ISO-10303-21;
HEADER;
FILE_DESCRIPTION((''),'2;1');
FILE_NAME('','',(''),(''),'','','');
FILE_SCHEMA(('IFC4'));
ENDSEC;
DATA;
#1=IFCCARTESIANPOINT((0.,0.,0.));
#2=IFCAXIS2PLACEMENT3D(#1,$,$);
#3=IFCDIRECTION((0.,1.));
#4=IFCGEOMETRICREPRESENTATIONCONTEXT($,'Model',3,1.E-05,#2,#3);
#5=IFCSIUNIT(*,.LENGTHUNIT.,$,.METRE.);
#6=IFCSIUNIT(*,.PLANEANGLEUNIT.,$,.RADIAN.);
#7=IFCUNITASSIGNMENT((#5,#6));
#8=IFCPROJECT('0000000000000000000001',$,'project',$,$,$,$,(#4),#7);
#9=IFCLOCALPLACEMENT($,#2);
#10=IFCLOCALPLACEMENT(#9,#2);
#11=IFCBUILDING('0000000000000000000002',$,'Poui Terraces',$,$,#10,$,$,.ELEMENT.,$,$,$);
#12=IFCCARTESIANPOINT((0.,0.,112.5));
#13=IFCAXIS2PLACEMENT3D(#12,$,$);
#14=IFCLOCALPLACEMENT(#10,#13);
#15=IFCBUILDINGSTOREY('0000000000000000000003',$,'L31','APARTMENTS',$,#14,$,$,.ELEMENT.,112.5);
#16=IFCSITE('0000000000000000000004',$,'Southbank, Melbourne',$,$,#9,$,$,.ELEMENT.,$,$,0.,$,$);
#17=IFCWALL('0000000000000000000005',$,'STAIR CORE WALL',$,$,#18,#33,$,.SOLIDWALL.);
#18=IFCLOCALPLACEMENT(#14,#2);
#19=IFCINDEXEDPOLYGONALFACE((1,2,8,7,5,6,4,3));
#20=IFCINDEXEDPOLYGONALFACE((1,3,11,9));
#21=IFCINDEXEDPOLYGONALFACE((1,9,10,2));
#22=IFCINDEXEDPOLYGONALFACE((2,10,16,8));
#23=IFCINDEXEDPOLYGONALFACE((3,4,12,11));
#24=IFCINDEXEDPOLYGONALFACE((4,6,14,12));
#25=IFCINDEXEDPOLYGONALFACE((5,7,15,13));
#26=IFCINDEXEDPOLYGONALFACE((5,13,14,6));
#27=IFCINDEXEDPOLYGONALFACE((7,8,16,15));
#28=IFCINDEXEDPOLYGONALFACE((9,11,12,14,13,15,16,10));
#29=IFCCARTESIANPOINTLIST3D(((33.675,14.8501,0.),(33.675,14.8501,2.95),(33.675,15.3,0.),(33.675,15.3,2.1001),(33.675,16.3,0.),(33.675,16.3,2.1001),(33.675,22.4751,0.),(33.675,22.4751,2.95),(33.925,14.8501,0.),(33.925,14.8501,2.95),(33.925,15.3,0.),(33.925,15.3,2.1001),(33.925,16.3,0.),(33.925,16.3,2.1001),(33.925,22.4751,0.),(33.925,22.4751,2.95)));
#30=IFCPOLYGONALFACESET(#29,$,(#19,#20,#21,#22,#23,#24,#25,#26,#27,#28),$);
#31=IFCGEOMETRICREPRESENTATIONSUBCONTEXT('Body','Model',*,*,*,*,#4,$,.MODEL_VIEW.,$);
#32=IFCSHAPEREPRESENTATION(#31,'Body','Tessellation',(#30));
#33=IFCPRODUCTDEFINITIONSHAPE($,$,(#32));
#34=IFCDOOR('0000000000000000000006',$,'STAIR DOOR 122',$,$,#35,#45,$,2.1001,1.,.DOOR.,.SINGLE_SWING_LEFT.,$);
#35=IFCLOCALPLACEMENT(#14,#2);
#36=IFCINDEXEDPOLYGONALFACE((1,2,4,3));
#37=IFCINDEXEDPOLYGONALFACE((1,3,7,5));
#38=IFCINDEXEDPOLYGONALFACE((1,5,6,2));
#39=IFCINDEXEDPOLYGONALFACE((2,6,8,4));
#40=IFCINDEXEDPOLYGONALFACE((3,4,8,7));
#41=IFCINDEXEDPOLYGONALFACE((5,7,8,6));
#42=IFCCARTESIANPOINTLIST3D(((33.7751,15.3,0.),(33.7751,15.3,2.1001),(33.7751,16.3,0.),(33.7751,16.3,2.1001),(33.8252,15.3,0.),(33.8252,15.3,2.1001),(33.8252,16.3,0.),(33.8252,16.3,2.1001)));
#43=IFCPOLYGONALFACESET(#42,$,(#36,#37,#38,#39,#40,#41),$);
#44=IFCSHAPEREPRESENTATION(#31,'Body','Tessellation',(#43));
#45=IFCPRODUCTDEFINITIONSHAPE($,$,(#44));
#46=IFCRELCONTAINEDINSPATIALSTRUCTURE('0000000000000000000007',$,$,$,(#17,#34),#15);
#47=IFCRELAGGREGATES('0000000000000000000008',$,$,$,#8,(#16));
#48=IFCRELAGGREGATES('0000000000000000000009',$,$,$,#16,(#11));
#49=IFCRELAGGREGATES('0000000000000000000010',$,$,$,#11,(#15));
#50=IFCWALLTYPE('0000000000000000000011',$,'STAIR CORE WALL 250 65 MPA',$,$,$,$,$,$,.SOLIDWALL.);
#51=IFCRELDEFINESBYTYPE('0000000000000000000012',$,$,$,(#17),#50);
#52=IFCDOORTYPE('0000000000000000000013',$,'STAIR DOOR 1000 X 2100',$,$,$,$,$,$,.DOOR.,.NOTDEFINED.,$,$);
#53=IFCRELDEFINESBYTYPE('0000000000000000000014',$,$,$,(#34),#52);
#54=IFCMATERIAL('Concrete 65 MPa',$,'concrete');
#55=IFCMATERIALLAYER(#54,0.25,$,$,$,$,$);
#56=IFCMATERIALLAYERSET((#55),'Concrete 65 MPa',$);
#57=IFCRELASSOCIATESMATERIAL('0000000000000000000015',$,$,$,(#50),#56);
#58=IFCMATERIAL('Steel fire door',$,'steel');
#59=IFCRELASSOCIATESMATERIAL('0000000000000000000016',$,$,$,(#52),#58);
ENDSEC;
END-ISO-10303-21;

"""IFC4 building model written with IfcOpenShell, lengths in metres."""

from ifc_helpers import new_model, si_unit, direction, frame, frame_2d, origin, place, context, subcontext, project, spatial, rectangle, extrude, material, layer, layer_set, type_object, element, fill, save


model = new_model("IFC4")

# Units and contexts
model_context = context("Model", 3, precision=1e-05, world=origin(), true_north=direction((0.0, 1.0)))
body_context = subcontext(model_context, "Body", "Model", "MODEL_VIEW")
ifc_project = project(units=[si_unit("LENGTHUNIT", "METRE"), si_unit("PLANEANGLEUNIT", "RADIAN")], contexts=[model_context])

# Site, building, storey
site_placement = place(None, origin())
site = spatial("IfcSite", under=ifc_project, at=site_placement, Name="Southbank, Melbourne", CompositionType="ELEMENT", RefElevation=0.0)
building_placement = place(site_placement, origin())
building = spatial("IfcBuilding", under=site, at=building_placement, Name="Poui Terraces", CompositionType="ELEMENT")
storey_placement = place(building_placement, frame((0.0, 0.0, 112.5)))
storey = spatial("IfcBuildingStorey", under=building, at=storey_placement, Name="L31", Description="APARTMENTS", CompositionType="ELEMENT", Elevation=112.5)

# Shared definitions
ifc_material_1 = material(Name="Concrete 65 MPa", Category="concrete")

# Shared definitions
ifc_material_2 = material(Name="Steel fire door", Category="steel")

# Wall, opening, door
ifc_layer_1 = layer(ifc_material_1, 0.25)
ifc_layer_set_1 = layer_set([ifc_layer_1], Name="Concrete 65 MPa")
wall_type_1 = type_object("IfcWallType", Name="STAIR CORE WALL 250 65 MPA", PredefinedType="SOLIDWALL", material=ifc_layer_set_1)
wall_1_placement = place(storey_placement, frame((33.8, 14.8501, 0.0), z_axis=(0.0, 0.0, 1.0), x_axis=(0.0, 1.0, 0.0)))
wall_1 = element("IfcWall", 1, at=wall_1_placement, inside=storey, type_object=wall_type_1, Name="STAIR CORE WALL", PredefinedType="SOLIDWALL", context=body_context, shape_type="SweptSolid", body=[
    extrude(rectangle(XDim=7.625, YDim=0.25, at=frame_2d((3.8125, 0.0))), origin(), (0.0, 0.0, 1.0), 2.95),
])
opening_1_placement = place(wall_1_placement, frame((0.45, 0.0, 0.0)))
opening_1 = element("IfcOpeningElement", 2, at=opening_1_placement, cuts=wall_1, PredefinedType="OPENING", context=body_context, shape_type="SweptSolid", body=[
    extrude(rectangle(XDim=1.0, YDim=2.1001, at=frame_2d((0.5, 1.05))), frame((0.0, 0.135, 0.0), z_axis=(0.0, -1.0, 0.0), x_axis=(1.0, 0.0, 0.0)), (0.0, 0.0, 1.0), 0.27),
])
door_type_1 = type_object("IfcDoorType", Name="STAIR DOOR 1000 X 2100", OperationType="NOTDEFINED", PredefinedType="DOOR", material=ifc_material_2)
door_1_placement = place(opening_1_placement, origin())
door_1 = element("IfcDoor", 3, at=door_1_placement, inside=storey, type_object=door_type_1, Name="STAIR DOOR 122", OperationType="SINGLE_SWING_LEFT", OverallHeight=2.1001, OverallWidth=1.0, PredefinedType="DOOR", context=body_context, shape_type="SweptSolid", body=[
    extrude(rectangle(XDim=1.0, YDim=2.1001, at=frame_2d((0.5, 1.05))), frame((0.0, 0.0249, 0.0), z_axis=(0.0, -1.0, 0.0), x_axis=(1.0, 0.0, 0.0)), (0.0, 0.0, 1.0), 0.05),
])
fill(opening_1, door_1)

save(model, "model.ifc")
